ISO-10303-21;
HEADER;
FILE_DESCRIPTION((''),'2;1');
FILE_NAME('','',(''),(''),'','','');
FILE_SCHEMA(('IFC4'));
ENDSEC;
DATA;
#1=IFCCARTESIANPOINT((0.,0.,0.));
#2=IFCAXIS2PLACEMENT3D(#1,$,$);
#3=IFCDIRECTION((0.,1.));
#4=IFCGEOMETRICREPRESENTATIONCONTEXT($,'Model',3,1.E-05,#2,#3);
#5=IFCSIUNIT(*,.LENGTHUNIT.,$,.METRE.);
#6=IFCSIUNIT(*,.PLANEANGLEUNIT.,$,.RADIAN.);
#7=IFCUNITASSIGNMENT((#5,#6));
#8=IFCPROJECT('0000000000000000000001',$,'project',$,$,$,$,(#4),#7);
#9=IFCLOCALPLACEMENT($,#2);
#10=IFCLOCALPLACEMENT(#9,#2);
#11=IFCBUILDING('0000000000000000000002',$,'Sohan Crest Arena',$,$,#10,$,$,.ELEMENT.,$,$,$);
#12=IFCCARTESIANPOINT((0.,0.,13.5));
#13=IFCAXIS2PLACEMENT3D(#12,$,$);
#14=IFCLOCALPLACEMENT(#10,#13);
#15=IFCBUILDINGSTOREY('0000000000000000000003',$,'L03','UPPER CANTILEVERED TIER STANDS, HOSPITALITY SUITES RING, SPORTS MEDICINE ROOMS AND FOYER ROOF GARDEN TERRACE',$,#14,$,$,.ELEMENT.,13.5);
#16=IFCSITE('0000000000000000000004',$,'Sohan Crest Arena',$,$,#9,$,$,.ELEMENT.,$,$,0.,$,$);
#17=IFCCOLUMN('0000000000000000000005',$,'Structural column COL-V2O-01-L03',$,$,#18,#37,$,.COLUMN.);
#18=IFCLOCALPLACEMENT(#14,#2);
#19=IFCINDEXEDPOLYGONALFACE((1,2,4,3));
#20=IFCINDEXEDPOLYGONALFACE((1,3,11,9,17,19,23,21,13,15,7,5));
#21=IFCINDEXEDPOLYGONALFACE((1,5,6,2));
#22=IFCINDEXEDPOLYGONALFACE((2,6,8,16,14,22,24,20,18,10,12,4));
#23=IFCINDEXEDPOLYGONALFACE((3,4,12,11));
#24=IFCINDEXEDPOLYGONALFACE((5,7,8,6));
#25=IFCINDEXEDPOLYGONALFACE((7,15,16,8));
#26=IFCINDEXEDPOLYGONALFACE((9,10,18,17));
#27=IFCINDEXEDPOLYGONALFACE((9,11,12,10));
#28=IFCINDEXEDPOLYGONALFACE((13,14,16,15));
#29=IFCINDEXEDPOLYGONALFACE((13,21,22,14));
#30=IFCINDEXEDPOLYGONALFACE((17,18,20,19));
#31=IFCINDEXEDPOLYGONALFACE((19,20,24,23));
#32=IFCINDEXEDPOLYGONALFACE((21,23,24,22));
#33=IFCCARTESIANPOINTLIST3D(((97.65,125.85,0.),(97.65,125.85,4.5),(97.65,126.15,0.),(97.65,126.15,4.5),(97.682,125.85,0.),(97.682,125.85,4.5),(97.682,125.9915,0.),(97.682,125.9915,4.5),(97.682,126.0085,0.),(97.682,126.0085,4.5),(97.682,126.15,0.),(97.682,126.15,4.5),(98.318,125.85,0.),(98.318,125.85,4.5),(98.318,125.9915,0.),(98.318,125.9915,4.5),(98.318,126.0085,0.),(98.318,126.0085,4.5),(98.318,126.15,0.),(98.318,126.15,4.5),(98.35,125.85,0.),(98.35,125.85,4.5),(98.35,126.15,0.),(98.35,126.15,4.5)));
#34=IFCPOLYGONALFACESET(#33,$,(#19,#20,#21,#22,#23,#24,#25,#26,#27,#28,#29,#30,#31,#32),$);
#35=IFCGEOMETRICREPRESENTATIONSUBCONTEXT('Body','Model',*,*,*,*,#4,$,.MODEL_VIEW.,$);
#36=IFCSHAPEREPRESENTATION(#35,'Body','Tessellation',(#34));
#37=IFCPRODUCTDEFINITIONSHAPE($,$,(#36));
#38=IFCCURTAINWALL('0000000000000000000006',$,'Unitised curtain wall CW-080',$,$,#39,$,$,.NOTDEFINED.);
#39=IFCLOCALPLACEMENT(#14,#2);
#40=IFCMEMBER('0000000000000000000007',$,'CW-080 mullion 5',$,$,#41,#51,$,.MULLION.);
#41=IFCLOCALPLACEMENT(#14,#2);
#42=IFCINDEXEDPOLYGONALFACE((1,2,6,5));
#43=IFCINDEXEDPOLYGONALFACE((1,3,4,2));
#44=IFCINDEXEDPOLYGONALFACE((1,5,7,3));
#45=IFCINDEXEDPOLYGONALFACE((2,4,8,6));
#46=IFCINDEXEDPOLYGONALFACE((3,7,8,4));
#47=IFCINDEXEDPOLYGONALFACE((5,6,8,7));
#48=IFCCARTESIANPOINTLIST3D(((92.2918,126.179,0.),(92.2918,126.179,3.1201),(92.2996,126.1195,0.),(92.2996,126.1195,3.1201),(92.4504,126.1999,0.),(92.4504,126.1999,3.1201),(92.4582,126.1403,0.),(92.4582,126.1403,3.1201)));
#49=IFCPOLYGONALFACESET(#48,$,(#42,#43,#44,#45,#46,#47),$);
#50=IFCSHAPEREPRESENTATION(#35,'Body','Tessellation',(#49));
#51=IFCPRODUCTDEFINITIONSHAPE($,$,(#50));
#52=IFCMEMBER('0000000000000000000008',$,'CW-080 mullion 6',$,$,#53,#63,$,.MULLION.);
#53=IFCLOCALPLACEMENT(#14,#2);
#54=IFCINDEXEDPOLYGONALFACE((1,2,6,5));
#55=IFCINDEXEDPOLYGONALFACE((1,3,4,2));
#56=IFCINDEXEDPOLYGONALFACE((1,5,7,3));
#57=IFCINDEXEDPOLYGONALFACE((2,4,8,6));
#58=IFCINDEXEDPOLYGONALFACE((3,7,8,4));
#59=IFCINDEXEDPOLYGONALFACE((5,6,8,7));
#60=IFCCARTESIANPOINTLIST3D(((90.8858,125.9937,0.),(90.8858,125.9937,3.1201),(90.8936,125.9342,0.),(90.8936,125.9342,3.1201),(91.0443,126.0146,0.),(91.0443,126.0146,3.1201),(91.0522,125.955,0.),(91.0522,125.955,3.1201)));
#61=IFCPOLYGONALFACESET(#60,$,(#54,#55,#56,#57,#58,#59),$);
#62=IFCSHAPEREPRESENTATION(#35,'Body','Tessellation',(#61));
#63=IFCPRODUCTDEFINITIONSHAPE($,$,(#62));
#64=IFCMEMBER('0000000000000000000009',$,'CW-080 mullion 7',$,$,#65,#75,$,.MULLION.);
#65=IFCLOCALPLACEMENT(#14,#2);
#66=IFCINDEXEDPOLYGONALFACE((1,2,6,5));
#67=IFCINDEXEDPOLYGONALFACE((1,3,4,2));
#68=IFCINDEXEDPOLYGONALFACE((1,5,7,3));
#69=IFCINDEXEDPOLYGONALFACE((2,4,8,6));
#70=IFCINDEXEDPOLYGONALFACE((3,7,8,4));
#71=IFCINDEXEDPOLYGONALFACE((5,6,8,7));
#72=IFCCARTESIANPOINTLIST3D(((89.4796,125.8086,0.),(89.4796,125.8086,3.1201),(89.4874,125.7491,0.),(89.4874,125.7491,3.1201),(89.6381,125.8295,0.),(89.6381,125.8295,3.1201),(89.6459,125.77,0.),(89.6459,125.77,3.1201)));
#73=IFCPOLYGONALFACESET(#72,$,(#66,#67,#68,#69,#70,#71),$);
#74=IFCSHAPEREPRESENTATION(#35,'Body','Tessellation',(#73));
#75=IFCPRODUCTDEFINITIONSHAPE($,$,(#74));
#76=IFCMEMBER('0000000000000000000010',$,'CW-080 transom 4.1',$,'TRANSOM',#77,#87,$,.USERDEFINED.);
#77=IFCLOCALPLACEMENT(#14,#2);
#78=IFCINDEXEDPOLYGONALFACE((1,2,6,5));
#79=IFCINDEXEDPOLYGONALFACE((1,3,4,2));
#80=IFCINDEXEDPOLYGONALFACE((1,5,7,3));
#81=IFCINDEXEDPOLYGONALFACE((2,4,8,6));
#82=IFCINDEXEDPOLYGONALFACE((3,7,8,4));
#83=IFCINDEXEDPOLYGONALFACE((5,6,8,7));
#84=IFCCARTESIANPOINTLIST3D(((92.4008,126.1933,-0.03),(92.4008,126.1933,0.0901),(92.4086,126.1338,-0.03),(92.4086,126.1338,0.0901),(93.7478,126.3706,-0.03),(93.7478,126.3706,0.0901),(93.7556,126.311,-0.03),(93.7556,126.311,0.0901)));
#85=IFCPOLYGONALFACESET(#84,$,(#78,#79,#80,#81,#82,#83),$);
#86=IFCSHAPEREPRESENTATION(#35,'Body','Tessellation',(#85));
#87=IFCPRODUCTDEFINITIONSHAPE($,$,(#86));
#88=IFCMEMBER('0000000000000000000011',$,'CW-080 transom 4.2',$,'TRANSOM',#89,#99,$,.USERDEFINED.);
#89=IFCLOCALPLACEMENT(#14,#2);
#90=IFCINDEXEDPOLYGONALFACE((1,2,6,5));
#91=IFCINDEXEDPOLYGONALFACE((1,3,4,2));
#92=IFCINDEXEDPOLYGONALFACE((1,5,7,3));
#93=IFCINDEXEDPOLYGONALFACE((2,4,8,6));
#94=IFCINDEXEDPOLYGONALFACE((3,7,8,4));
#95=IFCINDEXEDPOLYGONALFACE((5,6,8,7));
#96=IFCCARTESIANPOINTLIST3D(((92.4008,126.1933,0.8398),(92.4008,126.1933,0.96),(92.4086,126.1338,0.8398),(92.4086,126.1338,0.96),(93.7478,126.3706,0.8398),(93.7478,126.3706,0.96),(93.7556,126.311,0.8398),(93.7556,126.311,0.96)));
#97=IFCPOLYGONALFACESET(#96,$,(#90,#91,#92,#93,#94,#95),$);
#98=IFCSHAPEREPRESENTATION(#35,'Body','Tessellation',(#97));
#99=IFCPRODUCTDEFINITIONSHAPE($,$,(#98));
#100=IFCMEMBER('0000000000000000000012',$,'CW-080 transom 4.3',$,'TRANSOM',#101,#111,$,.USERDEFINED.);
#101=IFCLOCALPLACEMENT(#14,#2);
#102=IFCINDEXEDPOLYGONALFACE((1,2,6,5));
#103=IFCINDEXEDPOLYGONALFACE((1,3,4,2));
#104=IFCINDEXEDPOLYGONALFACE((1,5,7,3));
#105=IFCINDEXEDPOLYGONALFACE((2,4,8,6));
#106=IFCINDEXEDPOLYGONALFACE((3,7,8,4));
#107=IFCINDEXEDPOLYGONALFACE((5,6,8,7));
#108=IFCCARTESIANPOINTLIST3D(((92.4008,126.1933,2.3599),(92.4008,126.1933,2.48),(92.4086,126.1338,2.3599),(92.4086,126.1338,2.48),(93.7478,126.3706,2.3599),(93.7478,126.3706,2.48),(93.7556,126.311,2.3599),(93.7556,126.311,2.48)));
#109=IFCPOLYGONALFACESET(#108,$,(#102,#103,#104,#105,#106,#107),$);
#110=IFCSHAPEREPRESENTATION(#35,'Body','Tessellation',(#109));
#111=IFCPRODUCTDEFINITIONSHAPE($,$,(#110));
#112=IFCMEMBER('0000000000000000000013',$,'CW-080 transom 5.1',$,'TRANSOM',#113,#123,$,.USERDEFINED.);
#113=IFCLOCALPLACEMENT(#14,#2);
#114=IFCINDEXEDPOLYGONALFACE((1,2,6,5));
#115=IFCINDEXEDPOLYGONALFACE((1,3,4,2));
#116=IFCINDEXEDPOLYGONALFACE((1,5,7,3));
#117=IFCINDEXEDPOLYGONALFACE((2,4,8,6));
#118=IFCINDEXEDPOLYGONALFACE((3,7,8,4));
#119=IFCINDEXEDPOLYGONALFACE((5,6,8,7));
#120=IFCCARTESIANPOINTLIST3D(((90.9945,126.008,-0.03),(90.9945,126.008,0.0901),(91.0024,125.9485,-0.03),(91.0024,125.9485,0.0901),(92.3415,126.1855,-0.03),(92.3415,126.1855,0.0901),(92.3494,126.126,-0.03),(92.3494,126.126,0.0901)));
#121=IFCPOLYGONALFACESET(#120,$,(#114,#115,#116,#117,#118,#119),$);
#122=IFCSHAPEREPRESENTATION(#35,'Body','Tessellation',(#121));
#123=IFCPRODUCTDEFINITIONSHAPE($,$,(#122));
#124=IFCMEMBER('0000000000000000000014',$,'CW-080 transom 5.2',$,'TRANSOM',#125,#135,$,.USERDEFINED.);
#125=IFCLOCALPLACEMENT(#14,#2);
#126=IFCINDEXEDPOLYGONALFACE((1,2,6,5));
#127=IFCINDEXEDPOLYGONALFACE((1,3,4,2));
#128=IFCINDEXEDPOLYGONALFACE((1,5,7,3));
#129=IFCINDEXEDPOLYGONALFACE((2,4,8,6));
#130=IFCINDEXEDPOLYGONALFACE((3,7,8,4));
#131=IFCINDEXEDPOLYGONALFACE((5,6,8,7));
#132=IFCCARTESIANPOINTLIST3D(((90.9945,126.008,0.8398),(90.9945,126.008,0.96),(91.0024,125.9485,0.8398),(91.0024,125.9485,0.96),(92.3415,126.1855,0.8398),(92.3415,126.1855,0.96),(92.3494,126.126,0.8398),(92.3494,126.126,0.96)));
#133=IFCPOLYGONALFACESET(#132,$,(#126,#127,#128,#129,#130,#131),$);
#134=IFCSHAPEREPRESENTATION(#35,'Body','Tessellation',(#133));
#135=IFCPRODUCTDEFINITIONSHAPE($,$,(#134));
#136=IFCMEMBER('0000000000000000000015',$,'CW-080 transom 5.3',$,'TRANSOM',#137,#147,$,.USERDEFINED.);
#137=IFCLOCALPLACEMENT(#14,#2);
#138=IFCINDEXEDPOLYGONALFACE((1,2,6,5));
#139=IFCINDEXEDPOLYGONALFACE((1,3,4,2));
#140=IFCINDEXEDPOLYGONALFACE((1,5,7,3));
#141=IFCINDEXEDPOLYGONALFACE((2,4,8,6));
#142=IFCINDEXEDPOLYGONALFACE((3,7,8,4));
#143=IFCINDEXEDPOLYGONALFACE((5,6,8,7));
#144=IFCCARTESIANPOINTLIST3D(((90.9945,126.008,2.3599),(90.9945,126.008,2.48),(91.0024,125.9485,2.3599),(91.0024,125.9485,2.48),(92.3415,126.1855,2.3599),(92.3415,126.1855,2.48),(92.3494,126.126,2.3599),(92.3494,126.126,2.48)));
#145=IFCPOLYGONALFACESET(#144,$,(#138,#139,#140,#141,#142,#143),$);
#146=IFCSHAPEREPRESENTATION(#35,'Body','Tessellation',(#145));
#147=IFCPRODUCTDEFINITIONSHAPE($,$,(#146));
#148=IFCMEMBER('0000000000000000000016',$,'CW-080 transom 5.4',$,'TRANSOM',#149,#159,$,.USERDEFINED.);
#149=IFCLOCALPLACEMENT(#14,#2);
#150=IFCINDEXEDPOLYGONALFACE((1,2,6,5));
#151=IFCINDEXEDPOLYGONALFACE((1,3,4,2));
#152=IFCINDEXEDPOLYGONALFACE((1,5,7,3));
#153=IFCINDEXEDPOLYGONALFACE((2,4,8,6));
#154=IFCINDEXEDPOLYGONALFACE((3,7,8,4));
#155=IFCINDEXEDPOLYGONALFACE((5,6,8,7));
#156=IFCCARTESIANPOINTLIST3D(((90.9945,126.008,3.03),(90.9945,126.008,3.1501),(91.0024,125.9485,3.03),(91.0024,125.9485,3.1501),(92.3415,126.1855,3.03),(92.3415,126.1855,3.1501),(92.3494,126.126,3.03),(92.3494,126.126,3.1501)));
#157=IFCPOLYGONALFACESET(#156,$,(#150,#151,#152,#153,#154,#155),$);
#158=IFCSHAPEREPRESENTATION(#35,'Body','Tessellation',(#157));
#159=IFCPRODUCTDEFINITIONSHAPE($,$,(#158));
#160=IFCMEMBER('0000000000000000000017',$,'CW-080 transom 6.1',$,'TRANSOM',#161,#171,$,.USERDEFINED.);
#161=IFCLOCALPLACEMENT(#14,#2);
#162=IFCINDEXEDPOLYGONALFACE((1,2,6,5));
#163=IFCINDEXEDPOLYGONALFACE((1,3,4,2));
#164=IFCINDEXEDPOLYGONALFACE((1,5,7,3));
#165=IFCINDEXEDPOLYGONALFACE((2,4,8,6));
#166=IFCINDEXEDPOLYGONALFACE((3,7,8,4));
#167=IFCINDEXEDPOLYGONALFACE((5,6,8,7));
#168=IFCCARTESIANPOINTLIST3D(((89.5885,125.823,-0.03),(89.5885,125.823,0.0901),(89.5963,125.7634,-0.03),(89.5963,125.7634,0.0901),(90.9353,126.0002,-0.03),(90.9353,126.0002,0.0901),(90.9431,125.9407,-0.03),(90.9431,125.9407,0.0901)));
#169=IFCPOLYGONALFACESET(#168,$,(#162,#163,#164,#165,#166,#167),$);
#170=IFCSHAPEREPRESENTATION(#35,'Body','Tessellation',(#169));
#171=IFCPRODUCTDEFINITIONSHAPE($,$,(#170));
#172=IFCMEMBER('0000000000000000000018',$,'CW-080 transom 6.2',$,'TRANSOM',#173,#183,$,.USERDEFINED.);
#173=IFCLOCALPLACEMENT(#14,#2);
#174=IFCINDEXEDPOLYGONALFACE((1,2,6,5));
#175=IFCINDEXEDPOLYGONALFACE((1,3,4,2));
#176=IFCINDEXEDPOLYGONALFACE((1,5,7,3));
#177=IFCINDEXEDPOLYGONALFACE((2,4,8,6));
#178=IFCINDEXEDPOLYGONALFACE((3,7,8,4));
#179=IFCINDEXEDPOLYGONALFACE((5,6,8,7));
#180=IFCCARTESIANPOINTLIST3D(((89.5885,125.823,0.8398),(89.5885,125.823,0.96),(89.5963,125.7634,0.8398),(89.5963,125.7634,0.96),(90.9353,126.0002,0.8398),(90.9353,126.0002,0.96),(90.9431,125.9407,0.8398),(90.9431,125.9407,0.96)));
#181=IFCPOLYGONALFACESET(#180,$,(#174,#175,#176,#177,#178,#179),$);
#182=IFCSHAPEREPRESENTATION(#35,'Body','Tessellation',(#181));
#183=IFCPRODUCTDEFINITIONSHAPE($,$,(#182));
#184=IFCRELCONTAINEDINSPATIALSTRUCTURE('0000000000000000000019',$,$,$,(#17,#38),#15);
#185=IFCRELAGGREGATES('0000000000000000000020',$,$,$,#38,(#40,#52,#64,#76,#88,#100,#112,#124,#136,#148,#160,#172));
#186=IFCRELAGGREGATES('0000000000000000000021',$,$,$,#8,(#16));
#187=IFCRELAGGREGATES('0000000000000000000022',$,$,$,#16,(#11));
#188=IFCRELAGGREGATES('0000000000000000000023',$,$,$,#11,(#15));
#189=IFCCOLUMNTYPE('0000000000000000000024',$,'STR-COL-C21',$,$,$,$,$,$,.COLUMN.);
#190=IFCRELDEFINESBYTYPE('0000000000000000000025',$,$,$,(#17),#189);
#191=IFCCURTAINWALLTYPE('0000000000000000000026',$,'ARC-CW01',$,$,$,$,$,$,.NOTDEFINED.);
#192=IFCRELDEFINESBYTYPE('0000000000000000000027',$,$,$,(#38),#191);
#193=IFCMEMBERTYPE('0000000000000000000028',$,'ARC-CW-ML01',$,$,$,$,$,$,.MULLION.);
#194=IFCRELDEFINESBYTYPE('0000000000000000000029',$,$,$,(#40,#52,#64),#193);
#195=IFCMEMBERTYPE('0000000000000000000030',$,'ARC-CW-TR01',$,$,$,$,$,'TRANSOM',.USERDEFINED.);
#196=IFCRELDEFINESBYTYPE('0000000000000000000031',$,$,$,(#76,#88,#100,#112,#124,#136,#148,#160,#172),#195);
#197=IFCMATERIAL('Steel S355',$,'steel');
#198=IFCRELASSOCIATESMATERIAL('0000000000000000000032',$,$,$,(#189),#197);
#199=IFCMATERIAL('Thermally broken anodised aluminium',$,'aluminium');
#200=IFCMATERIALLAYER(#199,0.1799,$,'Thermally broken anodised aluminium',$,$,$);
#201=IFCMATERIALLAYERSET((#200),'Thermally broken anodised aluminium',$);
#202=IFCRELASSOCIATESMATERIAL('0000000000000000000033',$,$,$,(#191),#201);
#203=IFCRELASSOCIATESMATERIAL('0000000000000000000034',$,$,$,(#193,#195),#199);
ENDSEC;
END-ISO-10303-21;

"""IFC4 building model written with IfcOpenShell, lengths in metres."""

from ifc_helpers import new_model, si_unit, direction, frame, origin, origin_2d, place, context, subcontext, project, spatial, rectangle, i_section, extrude, material, layer, layer_set, material_profile, profile_set, type_object, element, aggregate, save


model = new_model("IFC4")

# Units and contexts
model_context = context("Model", 3, precision=1e-05, world=origin(), true_north=direction((0.0, 1.0)))
body_context = subcontext(model_context, "Body", "Model", "MODEL_VIEW")
ifc_project = project(units=[si_unit("LENGTHUNIT", "METRE"), si_unit("PLANEANGLEUNIT", "RADIAN")], contexts=[model_context])

# Site, building, storey
site_placement = place(None, origin())
site = spatial("IfcSite", under=ifc_project, at=site_placement, Name="Sohan Crest Arena", CompositionType="ELEMENT", RefElevation=0.0)
building_placement = place(site_placement, origin())
building = spatial("IfcBuilding", under=site, at=building_placement, Name="Sohan Crest Arena", CompositionType="ELEMENT")
storey_placement = place(building_placement, frame((0.0, 0.0, 13.5)))
storey = spatial("IfcBuildingStorey", under=building, at=storey_placement, Name="L03", Description="UPPER CANTILEVERED TIER STANDS, HOSPITALITY SUITES RING, SPORTS MEDICINE ROOMS AND FOYER ROOF GARDEN TERRACE", CompositionType="ELEMENT", Elevation=13.5)

# Column
ifc_material_1 = material(Name="Steel S355", Category="steel")
ifc_material_profile_1 = material_profile(ifc_material_1, i_section(OverallWidth=0.3, OverallDepth=0.7, WebThickness=0.0171, FlangeThickness=0.032, at=origin_2d()), Name="HEB 700")
ifc_profile_set_1 = profile_set([ifc_material_profile_1], Name="Steel S355")
column_type = type_object("IfcColumnType", Name="STR-COL-C21", PredefinedType="COLUMN", material=ifc_profile_set_1)
column_placement = place(storey_placement, frame((98.0, 126.0, 0.0), z_axis=(0.0, 0.0, 1.0), x_axis=(0.0, 1.0, 0.0)))
element("IfcColumn", 1, at=column_placement, inside=storey, type_object=column_type, Name="Structural column COL-V2O-01-L03", PredefinedType="COLUMN", context=body_context, shape_type="SweptSolid", body=[
    extrude(i_section(OverallWidth=0.3, OverallDepth=0.7, WebThickness=0.0171, FlangeThickness=0.032, at=origin_2d()), origin(), (0.0, 0.0, 1.0), 4.5),
])

# Curtain wall, members
ifc_material_2 = material(Name="Thermally broken anodised aluminium", Category="aluminium")
ifc_layer_1 = layer(ifc_material_2, 0.1799, Name="Thermally broken anodised aluminium")
ifc_layer_set_1 = layer_set([ifc_layer_1], Name="Thermally broken anodised aluminium")
curtain_wall_type = type_object("IfcCurtainWallType", Name="ARC-CW01", PredefinedType="NOTDEFINED", material=ifc_layer_set_1)
curtain_wall_placement = place(storey_placement, origin())
curtain_wall = element("IfcCurtainWall", 2, at=curtain_wall_placement, inside=storey, type_object=curtain_wall_type, Name="Unitised curtain wall CW-080", PredefinedType="NOTDEFINED")
ifc_material_profile_2 = material_profile(ifc_material_2, rectangle(XDim=0.0601, YDim=0.1599, at=origin_2d()), Name="ALU-MULL 60x160")
ifc_profile_set_2 = profile_set([ifc_material_profile_2], Name="Thermally broken anodised aluminium")
member_type_1 = type_object("IfcMemberType", Name="ARC-CW-ML01", PredefinedType="MULLION", material=ifc_profile_set_2)
member_1_placement = place(storey_placement, frame((92.375, 126.1597, 0.0), z_axis=(0.0, 0.0, 1.0), x_axis=(0.130511, -0.991447, 0.0)))
member_1 = element("IfcMember", 3, at=member_1_placement, type_object=member_type_1, Name="CW-080 mullion 5", PredefinedType="MULLION", context=body_context, shape_type="SweptSolid", body=[
    extrude(rectangle(XDim=0.0601, YDim=0.1599, at=origin_2d()), origin(), (0.0, 0.0, 1.0), 3.1201),
])
member_2_placement = place(storey_placement, frame((90.969, 125.9744, 0.0), z_axis=(0.0, 0.0, 1.0), x_axis=(0.130511, -0.991447, 0.0)))
member_2 = element("IfcMember", 4, at=member_2_placement, type_object=member_type_1, Name="CW-080 mullion 6", PredefinedType="MULLION", context=body_context, shape_type="SweptSolid", body=[
    extrude(rectangle(XDim=0.0601, YDim=0.1599, at=origin_2d()), origin(), (0.0, 0.0, 1.0), 3.1201),
])
member_3_placement = place(storey_placement, frame((89.5627, 125.7893, 0.0), z_axis=(0.0, 0.0, 1.0), x_axis=(0.130511, -0.991447, 0.0)))
member_3 = element("IfcMember", 5, at=member_3_placement, type_object=member_type_1, Name="CW-080 mullion 7", PredefinedType="MULLION", context=body_context, shape_type="SweptSolid", body=[
    extrude(rectangle(XDim=0.0601, YDim=0.1599, at=origin_2d()), origin(), (0.0, 0.0, 1.0), 3.1201),
])
ifc_material_profile_3 = material_profile(ifc_material_2, rectangle(XDim=0.0601, YDim=0.1201, at=origin_2d()), Name="ALU-TRAN 60x120")
ifc_profile_set_3 = profile_set([ifc_material_profile_3], Name="Thermally broken anodised aluminium")
member_type_2 = type_object("IfcMemberType", Name="ARC-CW-TR01", ElementType="TRANSOM", PredefinedType="USERDEFINED", material=ifc_profile_set_3)
member_4_placement = place(storey_placement, frame((93.7517, 126.3408, 0.03), z_axis=(-0.991452, -0.130468, 0.0), x_axis=(0.130468, -0.991452, 0.0)))
member_4 = element("IfcMember", 6, at=member_4_placement, type_object=member_type_2, Name="CW-080 transom 4.1", ObjectType="TRANSOM", PredefinedType="USERDEFINED", context=body_context, shape_type="SweptSolid", body=[
    extrude(rectangle(XDim=0.0601, YDim=0.1201, at=origin_2d()), origin(), (0.0, 0.0, 1.0), 1.3586),
])
member_5_placement = place(storey_placement, frame((93.7517, 126.3408, 0.8999), z_axis=(-0.991452, -0.130468, 0.0), x_axis=(0.130468, -0.991452, 0.0)))
member_5 = element("IfcMember", 7, at=member_5_placement, type_object=member_type_2, Name="CW-080 transom 4.2", ObjectType="TRANSOM", PredefinedType="USERDEFINED", context=body_context, shape_type="SweptSolid", body=[
    extrude(rectangle(XDim=0.0601, YDim=0.1201, at=origin_2d()), origin(), (0.0, 0.0, 1.0), 1.3586),
])
member_6_placement = place(storey_placement, frame((93.7517, 126.3408, 2.4199), z_axis=(-0.991452, -0.130468, 0.0), x_axis=(0.130468, -0.991452, 0.0)))
member_6 = element("IfcMember", 8, at=member_6_placement, type_object=member_type_2, Name="CW-080 transom 4.3", ObjectType="TRANSOM", PredefinedType="USERDEFINED", context=body_context, shape_type="SweptSolid", body=[
    extrude(rectangle(XDim=0.0601, YDim=0.1201, at=origin_2d()), origin(), (0.0, 0.0, 1.0), 1.3586),
])
member_7_placement = place(storey_placement, frame((92.3455, 126.1558, 0.03), z_axis=(-0.991429, -0.130645, 0.0), x_axis=(0.130645, -0.991429, 0.0)))
member_7 = element("IfcMember", 9, at=member_7_placement, type_object=member_type_2, Name="CW-080 transom 5.1", ObjectType="TRANSOM", PredefinedType="USERDEFINED", context=body_context, shape_type="SweptSolid", body=[
    extrude(rectangle(XDim=0.0601, YDim=0.1201, at=origin_2d()), origin(), (0.0, 0.0, 1.0), 1.3586),
])
member_8_placement = place(storey_placement, frame((92.3455, 126.1558, 0.8999), z_axis=(-0.991429, -0.130645, 0.0), x_axis=(0.130645, -0.991429, 0.0)))
member_8 = element("IfcMember", 10, at=member_8_placement, type_object=member_type_2, Name="CW-080 transom 5.2", ObjectType="TRANSOM", PredefinedType="USERDEFINED", context=body_context, shape_type="SweptSolid", body=[
    extrude(rectangle(XDim=0.0601, YDim=0.1201, at=origin_2d()), origin(), (0.0, 0.0, 1.0), 1.3586),
])
member_9_placement = place(storey_placement, frame((92.3455, 126.1558, 2.4199), z_axis=(-0.991429, -0.130645, 0.0), x_axis=(0.130645, -0.991429, 0.0)))
member_9 = element("IfcMember", 11, at=member_9_placement, type_object=member_type_2, Name="CW-080 transom 5.3", ObjectType="TRANSOM", PredefinedType="USERDEFINED", context=body_context, shape_type="SweptSolid", body=[
    extrude(rectangle(XDim=0.0601, YDim=0.1201, at=origin_2d()), origin(), (0.0, 0.0, 1.0), 1.3586),
])
member_10_placement = place(storey_placement, frame((92.3455, 126.1558, 3.0901), z_axis=(-0.991429, -0.130645, 0.0), x_axis=(0.130645, -0.991429, 0.0)))
member_10 = element("IfcMember", 12, at=member_10_placement, type_object=member_type_2, Name="CW-080 transom 5.4", ObjectType="TRANSOM", PredefinedType="USERDEFINED", context=body_context, shape_type="SweptSolid", body=[
    extrude(rectangle(XDim=0.0601, YDim=0.1201, at=origin_2d()), origin(), (0.0, 0.0, 1.0), 1.3586),
])
member_11_placement = place(storey_placement, frame((90.9392, 125.9705, 0.03), z_axis=(-0.991449, -0.130492, 0.0), x_axis=(0.130492, -0.991449, 0.0)))
member_11 = element("IfcMember", 13, at=member_11_placement, type_object=member_type_2, Name="CW-080 transom 6.1", ObjectType="TRANSOM", PredefinedType="USERDEFINED", context=body_context, shape_type="SweptSolid", body=[
    extrude(rectangle(XDim=0.0601, YDim=0.1201, at=origin_2d()), origin(), (0.0, 0.0, 1.0), 1.3584),
])
member_12_placement = place(storey_placement, frame((90.9392, 125.9705, 0.8999), z_axis=(-0.991449, -0.130492, 0.0), x_axis=(0.130492, -0.991449, 0.0)))
member_12 = element("IfcMember", 14, at=member_12_placement, type_object=member_type_2, Name="CW-080 transom 6.2", ObjectType="TRANSOM", PredefinedType="USERDEFINED", context=body_context, shape_type="SweptSolid", body=[
    extrude(rectangle(XDim=0.0601, YDim=0.1201, at=origin_2d()), origin(), (0.0, 0.0, 1.0), 1.3584),
])

aggregate(curtain_wall, [member_1, member_2, member_3, member_4, member_5, member_6, member_7, member_8, member_9, member_10, member_11, member_12])

save(model, "model.ifc")
